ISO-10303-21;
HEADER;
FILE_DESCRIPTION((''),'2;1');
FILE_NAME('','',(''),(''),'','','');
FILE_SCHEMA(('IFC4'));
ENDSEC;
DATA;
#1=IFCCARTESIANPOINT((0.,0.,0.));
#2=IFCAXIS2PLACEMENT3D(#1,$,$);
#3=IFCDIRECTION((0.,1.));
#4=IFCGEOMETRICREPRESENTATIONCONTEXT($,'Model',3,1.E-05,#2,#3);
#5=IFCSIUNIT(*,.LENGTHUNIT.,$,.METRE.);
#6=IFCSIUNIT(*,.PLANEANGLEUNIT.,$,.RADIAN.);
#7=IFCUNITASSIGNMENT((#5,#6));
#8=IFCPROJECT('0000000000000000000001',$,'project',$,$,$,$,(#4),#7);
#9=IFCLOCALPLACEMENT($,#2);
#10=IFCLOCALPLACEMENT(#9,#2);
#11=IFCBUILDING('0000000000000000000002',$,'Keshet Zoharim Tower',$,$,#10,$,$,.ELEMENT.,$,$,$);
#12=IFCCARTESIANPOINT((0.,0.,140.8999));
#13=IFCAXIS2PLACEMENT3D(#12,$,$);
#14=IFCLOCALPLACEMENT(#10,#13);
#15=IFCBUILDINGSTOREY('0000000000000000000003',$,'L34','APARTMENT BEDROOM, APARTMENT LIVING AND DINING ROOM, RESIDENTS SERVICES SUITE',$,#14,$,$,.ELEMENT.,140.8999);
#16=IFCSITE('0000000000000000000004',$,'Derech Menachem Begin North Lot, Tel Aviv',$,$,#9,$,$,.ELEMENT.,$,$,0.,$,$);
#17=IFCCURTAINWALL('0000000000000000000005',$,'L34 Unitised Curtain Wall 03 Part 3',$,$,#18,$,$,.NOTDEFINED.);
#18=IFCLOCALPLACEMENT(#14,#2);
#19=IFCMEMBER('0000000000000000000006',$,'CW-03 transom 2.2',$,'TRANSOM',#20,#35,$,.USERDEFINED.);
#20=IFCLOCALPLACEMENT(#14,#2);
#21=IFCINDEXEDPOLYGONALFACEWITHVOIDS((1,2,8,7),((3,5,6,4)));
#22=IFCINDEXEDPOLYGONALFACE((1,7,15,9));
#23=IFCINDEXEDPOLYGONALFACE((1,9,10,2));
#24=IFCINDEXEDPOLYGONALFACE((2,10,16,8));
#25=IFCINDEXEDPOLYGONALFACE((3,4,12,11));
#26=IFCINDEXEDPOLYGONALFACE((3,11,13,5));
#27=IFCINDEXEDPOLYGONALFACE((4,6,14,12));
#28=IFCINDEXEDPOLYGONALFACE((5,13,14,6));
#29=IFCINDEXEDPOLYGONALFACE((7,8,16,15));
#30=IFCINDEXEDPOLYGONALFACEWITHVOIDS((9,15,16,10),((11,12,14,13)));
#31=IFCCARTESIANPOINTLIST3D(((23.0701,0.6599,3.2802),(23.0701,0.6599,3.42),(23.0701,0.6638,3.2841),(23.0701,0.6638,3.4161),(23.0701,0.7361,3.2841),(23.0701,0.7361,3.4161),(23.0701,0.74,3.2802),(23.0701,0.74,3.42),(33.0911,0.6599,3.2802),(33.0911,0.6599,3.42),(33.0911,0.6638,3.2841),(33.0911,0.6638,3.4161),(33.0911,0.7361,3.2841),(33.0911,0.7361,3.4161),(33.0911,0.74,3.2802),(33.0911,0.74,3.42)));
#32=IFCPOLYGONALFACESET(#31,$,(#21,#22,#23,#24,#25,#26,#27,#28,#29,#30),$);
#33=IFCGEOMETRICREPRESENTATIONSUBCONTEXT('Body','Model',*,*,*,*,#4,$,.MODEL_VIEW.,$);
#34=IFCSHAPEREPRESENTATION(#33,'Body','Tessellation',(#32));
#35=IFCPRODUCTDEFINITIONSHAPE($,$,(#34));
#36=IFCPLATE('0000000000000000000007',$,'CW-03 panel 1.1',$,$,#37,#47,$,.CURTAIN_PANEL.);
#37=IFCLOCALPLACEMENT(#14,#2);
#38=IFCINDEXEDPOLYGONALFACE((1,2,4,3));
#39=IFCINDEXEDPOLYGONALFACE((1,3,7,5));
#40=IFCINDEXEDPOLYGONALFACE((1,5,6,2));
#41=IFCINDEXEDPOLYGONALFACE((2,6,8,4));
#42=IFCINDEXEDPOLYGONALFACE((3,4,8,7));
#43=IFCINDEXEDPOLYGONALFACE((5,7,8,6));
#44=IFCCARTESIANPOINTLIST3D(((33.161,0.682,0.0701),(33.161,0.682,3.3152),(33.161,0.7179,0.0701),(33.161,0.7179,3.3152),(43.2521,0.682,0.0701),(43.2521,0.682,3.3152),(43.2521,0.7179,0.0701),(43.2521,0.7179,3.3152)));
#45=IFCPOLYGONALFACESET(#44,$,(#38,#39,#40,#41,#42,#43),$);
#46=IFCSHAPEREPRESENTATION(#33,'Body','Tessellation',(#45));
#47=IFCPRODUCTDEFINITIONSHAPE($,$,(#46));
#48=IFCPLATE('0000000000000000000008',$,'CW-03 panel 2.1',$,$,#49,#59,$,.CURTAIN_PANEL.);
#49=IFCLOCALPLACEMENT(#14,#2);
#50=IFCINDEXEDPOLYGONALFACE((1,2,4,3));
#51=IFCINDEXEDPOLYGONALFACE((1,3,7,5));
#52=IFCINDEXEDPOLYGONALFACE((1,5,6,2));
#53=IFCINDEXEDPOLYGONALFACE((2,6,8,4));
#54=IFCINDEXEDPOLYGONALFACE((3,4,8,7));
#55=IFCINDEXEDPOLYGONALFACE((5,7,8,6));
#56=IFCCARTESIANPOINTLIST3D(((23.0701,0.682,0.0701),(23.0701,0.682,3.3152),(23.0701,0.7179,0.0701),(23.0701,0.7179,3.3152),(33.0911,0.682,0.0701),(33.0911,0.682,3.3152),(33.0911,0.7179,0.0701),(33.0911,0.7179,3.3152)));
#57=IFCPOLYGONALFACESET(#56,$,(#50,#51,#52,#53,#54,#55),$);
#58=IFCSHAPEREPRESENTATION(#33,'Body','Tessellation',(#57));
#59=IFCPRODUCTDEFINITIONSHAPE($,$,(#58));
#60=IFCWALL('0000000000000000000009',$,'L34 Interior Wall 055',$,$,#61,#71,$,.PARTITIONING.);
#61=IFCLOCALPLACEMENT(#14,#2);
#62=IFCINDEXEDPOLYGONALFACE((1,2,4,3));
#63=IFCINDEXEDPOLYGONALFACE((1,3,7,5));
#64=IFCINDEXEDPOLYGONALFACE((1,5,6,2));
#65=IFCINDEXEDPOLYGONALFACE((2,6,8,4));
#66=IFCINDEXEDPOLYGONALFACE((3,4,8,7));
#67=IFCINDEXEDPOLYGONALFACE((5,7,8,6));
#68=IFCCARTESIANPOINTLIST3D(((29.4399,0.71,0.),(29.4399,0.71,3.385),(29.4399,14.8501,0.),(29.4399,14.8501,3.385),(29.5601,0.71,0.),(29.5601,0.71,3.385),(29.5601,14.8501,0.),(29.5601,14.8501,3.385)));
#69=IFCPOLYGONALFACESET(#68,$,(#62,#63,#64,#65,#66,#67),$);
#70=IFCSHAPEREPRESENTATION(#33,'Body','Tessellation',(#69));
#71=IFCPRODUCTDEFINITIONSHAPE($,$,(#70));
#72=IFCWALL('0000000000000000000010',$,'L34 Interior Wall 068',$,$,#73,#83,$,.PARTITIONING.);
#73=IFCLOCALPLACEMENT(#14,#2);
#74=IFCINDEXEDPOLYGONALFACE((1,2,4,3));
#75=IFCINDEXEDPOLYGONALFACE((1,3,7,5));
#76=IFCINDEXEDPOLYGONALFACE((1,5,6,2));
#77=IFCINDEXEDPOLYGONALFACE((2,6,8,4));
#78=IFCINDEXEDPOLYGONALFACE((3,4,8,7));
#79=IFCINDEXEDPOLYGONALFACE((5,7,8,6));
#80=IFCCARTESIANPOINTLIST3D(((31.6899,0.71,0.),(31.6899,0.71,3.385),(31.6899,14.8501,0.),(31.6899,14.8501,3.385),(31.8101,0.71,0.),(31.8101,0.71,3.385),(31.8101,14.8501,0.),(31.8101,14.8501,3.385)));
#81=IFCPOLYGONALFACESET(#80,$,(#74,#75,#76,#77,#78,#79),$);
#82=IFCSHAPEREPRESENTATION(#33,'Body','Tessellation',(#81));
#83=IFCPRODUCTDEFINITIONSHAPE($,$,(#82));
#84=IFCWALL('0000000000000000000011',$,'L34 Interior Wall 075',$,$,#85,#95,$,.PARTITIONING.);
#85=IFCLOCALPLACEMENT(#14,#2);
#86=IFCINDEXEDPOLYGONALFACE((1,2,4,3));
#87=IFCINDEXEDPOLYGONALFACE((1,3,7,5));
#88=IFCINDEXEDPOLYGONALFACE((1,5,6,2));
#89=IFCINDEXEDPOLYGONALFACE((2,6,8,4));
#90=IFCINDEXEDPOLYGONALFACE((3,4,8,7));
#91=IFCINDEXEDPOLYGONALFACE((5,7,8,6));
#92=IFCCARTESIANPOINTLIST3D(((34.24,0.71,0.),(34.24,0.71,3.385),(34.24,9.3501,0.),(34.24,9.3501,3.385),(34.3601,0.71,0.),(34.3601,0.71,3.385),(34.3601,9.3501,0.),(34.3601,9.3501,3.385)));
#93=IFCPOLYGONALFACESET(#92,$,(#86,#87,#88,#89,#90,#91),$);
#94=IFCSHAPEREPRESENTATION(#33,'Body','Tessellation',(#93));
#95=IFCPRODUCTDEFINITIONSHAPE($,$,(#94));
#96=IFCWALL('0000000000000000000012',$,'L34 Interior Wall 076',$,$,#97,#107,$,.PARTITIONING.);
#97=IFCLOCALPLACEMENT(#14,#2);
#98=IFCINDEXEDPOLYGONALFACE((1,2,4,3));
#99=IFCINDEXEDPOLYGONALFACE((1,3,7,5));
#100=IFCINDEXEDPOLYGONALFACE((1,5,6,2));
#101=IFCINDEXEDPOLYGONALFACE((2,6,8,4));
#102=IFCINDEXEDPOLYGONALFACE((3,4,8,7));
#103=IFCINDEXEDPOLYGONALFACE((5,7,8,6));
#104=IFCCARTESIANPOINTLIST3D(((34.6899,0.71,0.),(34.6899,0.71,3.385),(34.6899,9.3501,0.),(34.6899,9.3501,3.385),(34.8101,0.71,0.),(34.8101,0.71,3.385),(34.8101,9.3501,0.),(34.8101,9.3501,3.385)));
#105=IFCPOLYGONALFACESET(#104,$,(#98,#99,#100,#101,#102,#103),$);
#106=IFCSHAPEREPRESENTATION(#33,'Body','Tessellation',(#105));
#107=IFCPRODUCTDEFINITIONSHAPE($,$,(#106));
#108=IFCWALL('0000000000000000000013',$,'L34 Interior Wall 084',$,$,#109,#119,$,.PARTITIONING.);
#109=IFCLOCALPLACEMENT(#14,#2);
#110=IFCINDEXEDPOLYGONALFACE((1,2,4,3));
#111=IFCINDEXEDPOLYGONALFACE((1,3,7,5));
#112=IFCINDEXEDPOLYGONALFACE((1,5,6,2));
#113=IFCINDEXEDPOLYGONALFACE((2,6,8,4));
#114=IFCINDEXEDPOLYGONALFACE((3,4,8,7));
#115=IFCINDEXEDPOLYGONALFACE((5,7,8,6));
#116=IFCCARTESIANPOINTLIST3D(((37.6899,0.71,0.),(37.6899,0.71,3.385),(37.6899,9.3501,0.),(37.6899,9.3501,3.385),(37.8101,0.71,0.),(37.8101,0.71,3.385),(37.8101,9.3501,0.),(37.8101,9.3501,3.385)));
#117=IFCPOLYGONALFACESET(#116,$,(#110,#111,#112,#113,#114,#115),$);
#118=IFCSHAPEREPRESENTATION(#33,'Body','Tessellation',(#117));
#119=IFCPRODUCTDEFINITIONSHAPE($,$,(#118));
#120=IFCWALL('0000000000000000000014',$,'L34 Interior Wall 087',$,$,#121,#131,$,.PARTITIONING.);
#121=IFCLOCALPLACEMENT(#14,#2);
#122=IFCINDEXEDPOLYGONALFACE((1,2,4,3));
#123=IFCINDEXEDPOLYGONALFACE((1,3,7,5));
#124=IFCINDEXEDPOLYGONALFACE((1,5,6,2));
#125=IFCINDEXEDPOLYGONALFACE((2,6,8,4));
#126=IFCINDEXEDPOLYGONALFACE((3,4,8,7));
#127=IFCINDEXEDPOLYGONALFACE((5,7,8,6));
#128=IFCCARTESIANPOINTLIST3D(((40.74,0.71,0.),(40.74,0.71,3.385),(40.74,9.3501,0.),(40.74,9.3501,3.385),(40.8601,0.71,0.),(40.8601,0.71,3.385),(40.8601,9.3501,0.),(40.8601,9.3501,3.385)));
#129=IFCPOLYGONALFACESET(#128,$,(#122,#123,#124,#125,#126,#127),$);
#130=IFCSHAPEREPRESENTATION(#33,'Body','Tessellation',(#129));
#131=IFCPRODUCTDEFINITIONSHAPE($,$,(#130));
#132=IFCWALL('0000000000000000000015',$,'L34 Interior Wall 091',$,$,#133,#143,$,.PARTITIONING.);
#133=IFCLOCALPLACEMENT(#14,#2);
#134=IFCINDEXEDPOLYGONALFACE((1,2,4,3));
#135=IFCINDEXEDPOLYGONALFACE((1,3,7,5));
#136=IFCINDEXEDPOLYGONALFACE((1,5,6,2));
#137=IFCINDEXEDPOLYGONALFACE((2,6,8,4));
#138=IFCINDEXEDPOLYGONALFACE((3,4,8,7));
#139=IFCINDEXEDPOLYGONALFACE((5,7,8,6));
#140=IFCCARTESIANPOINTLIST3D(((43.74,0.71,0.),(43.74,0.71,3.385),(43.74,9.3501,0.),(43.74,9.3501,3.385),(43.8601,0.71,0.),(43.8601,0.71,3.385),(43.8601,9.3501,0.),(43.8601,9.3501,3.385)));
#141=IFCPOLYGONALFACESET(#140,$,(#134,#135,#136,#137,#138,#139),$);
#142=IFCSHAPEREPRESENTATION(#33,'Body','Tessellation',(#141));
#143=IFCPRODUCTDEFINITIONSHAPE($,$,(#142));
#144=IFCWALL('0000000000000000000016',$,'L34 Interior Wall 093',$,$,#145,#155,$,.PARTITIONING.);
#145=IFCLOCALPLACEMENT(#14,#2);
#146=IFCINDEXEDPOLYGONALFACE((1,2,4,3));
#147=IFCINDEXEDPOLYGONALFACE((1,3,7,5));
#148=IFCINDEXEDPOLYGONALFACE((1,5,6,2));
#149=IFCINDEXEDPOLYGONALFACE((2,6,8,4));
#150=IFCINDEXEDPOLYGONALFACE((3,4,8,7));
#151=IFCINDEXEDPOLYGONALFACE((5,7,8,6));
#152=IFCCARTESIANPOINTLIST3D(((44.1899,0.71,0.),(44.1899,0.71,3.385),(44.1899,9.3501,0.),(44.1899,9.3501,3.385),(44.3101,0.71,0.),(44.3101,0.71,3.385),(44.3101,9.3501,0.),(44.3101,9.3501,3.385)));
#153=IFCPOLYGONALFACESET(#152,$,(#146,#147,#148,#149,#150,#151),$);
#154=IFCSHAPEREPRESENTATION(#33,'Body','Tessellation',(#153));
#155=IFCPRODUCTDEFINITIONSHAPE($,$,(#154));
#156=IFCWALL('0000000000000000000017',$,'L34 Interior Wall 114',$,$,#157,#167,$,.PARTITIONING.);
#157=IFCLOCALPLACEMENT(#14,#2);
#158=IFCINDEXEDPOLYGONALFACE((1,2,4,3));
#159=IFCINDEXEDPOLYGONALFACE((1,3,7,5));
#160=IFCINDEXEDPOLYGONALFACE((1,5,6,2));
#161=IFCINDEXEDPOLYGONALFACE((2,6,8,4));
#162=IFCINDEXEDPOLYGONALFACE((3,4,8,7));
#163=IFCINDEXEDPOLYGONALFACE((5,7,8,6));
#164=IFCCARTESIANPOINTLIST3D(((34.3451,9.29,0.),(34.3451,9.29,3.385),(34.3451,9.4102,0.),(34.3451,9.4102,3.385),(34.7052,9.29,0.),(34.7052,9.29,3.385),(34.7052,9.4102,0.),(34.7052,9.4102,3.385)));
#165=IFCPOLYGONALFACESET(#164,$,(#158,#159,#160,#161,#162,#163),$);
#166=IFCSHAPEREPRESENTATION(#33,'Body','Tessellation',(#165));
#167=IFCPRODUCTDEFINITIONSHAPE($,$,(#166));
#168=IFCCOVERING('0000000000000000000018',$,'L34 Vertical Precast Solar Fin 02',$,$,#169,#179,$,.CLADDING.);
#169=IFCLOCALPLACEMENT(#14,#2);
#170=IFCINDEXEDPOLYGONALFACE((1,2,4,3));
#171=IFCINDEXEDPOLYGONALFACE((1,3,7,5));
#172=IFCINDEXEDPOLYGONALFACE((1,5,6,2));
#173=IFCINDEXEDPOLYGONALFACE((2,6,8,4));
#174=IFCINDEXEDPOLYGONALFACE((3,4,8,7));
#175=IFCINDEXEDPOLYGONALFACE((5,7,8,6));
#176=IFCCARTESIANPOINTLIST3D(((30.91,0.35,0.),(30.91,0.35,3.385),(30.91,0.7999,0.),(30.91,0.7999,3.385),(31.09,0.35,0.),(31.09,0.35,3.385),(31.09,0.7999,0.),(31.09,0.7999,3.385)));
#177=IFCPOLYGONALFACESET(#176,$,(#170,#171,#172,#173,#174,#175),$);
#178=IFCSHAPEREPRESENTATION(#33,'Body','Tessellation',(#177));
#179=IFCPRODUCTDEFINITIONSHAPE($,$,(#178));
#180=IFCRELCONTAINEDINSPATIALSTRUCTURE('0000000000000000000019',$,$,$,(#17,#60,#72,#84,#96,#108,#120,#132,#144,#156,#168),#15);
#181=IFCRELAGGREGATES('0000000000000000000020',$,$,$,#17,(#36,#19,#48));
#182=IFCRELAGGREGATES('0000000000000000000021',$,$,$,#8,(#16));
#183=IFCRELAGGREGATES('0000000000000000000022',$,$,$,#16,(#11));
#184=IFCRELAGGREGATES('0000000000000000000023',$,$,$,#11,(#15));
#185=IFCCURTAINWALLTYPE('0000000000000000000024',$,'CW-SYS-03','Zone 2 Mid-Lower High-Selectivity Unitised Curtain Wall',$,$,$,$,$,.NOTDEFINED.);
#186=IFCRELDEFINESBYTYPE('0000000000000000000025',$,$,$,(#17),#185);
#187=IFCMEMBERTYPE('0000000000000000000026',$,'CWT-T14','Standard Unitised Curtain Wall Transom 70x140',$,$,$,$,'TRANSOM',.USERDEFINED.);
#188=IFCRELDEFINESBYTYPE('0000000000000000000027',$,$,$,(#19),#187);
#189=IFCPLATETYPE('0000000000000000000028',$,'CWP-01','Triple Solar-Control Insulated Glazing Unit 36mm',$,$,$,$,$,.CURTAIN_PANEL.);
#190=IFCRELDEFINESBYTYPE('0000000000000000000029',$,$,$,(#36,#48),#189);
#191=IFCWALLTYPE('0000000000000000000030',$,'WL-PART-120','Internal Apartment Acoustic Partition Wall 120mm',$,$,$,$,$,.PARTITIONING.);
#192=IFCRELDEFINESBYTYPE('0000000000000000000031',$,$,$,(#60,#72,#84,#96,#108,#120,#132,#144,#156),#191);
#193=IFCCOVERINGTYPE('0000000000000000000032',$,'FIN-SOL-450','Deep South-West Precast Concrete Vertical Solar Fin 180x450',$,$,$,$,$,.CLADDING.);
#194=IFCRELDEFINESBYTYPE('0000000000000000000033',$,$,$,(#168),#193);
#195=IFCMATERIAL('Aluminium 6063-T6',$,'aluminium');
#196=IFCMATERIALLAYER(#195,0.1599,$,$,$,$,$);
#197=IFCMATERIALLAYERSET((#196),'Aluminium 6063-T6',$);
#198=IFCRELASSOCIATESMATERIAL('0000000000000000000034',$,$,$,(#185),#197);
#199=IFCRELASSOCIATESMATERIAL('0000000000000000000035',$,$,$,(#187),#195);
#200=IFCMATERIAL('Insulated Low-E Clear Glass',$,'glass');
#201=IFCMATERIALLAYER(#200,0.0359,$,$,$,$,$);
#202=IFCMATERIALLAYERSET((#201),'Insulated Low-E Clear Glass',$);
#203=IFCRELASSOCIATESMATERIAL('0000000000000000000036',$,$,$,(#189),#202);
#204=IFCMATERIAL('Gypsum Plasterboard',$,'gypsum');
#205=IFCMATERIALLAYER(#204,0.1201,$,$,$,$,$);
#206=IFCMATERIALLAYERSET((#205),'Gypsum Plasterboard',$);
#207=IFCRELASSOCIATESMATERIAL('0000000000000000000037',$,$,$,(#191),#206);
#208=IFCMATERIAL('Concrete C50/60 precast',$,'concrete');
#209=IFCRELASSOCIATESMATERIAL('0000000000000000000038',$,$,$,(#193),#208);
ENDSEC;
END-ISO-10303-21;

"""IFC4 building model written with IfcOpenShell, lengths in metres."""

from ifc_helpers import new_model, si_unit, direction, frame, frame_2d, origin, origin_2d, place, context, subcontext, project, spatial, rectangle, hollow_rectangle, extrude, material, layer, layer_set, material_profile, profile_set, type_object, element, aggregate, save


model = new_model("IFC4")

# Units and contexts
model_context = context("Model", 3, precision=1e-05, world=origin(), true_north=direction((0.0, 1.0)))
body_context = subcontext(model_context, "Body", "Model", "MODEL_VIEW")
ifc_project = project(units=[si_unit("LENGTHUNIT", "METRE"), si_unit("PLANEANGLEUNIT", "RADIAN")], contexts=[model_context])

# Site, building, storey
site_placement = place(None, origin())
site = spatial("IfcSite", under=ifc_project, at=site_placement, Name="Derech Menachem Begin North Lot, Tel Aviv", CompositionType="ELEMENT", RefElevation=0.0)
building_placement = place(site_placement, origin())
building = spatial("IfcBuilding", under=site, at=building_placement, Name="Keshet Zoharim Tower", CompositionType="ELEMENT")
storey_placement = place(building_placement, frame((0.0, 0.0, 140.8999)))
storey = spatial("IfcBuildingStorey", under=building, at=storey_placement, Name="L34", Description="APARTMENT BEDROOM, APARTMENT LIVING AND DINING ROOM, RESIDENTS SERVICES SUITE", CompositionType="ELEMENT", Elevation=140.8999)

# Shared definitions
ifc_material_1 = material(Name="Aluminium 6063-T6", Category="aluminium")
ifc_layer_1 = layer(ifc_material_1, 0.1599)
ifc_layer_set_1 = layer_set([ifc_layer_1], Name="Aluminium 6063-T6")
curtain_wall_type = type_object("IfcCurtainWallType", Name="CW-SYS-03", Description="Zone 2 Mid-Lower High-Selectivity Unitised Curtain Wall", PredefinedType="NOTDEFINED", material=ifc_layer_set_1)

# Curtain wall, member, plates
curtain_wall_1_placement = place(storey_placement, origin())
curtain_wall_1 = element("IfcCurtainWall", 1, at=curtain_wall_1_placement, inside=storey, type_object=curtain_wall_type, Name="L34 Unitised Curtain Wall 03 Part 3", PredefinedType="NOTDEFINED")
ifc_material_profile_1 = material_profile(ifc_material_1, hollow_rectangle(XDim=0.0801, YDim=0.1399, WallThickness=0.0039, at=origin_2d()), Name="TRN-80x140")
ifc_profile_set_1 = profile_set([ifc_material_profile_1], Name="Aluminium 6063-T6")
member_type_1 = type_object("IfcMemberType", Name="CWT-T14", Description="Standard Unitised Curtain Wall Transom 70x140", ElementType="TRANSOM", PredefinedType="USERDEFINED", material=ifc_profile_set_1)
member_1_placement = place(storey_placement, frame((33.0911, 0.7, 3.3501), z_axis=(-1.0, 0.0, 0.0), x_axis=(0.0, -1.0, 0.0)))
member_1 = element("IfcMember", 2, at=member_1_placement, type_object=member_type_1, Name="CW-03 transom 2.2", ObjectType="TRANSOM", PredefinedType="USERDEFINED", context=body_context, shape_type="SweptSolid", body=[
    extrude(hollow_rectangle(XDim=0.0801, YDim=0.1399, WallThickness=0.0039, at=origin_2d()), origin(), (0.0, 0.0, 1.0), 10.021),
])
ifc_material_2 = material(Name="Insulated Low-E Clear Glass", Category="glass")
ifc_layer_2 = layer(ifc_material_2, 0.0359)
ifc_layer_set_2 = layer_set([ifc_layer_2], Name="Insulated Low-E Clear Glass")
plate_type = type_object("IfcPlateType", Name="CWP-01", Description="Triple Solar-Control Insulated Glazing Unit 36mm", PredefinedType="CURTAIN_PANEL", material=ifc_layer_set_2)
plate_1_placement = place(storey_placement, frame((38.2065, 0.7, 0.0701), z_axis=(0.0, 0.0, 1.0), x_axis=(-1.0, 0.0, 0.0)))
plate_1 = element("IfcPlate", 3, at=plate_1_placement, type_object=plate_type, Name="CW-03 panel 1.1", PredefinedType="CURTAIN_PANEL", context=body_context, shape_type="SweptSolid", body=[
    extrude(rectangle(XDim=10.0911, YDim=0.0359, at=origin_2d()), origin(), (0.0, 0.0, 1.0), 3.2451),
])
plate_2_placement = place(storey_placement, frame((28.0806, 0.7, 0.0701), z_axis=(0.0, 0.0, 1.0), x_axis=(-1.0, 0.0, 0.0)))
plate_2 = element("IfcPlate", 4, at=plate_2_placement, type_object=plate_type, Name="CW-03 panel 2.1", PredefinedType="CURTAIN_PANEL", context=body_context, shape_type="SweptSolid", body=[
    extrude(rectangle(XDim=10.021, YDim=0.0359, at=origin_2d()), origin(), (0.0, 0.0, 1.0), 3.2451),
])
aggregate(curtain_wall_1, [plate_1, member_1, plate_2])

# Walls
ifc_material_3 = material(Name="Gypsum Plasterboard", Category="gypsum")
ifc_layer_3 = layer(ifc_material_3, 0.1201)
ifc_layer_set_3 = layer_set([ifc_layer_3], Name="Gypsum Plasterboard")
wall_type = type_object("IfcWallType", Name="WL-PART-120", Description="Internal Apartment Acoustic Partition Wall 120mm", PredefinedType="PARTITIONING", material=ifc_layer_set_3)
for number, where, z_axis, x_axis, name in (
    (5, (29.5, 0.71, 0.0), (0.0, 0.0, 1.0), (0.0, 1.0, 0.0), "L34 Interior Wall 055"),
    (6, (31.75, 0.71, 0.0), (0.0, 0.0, 1.0), (0.0, 1.0, 0.0), "L34 Interior Wall 068"),
):
    element("IfcWall", number, at=place(storey_placement, frame(where, z_axis=z_axis, x_axis=x_axis)), inside=storey, type_object=wall_type, Name=name, PredefinedType="PARTITIONING", context=body_context, shape_type="SweptSolid", body=[
        extrude(rectangle(XDim=14.1401, YDim=0.1201, at=frame_2d((7.0701, 0.0))), origin(), (0.0, 0.0, 1.0), 3.385),
    ])
for number, where, z_axis, x_axis, name in (
    (7, (34.3, 0.71, 0.0), (0.0, 0.0, 1.0), (0.0, 1.0, 0.0), "L34 Interior Wall 075"),
    (8, (34.75, 0.71, 0.0), (0.0, 0.0, 1.0), (0.0, 1.0, 0.0), "L34 Interior Wall 076"),
    (9, (37.75, 0.71, 0.0), (0.0, 0.0, 1.0), (0.0, 1.0, 0.0), "L34 Interior Wall 084"),
    (10, (40.8, 0.71, 0.0), (0.0, 0.0, 1.0), (0.0, 1.0, 0.0), "L34 Interior Wall 087"),
    (11, (43.8, 0.71, 0.0), (0.0, 0.0, 1.0), (0.0, 1.0, 0.0), "L34 Interior Wall 091"),
    (12, (44.25, 0.71, 0.0), (0.0, 0.0, 1.0), (0.0, 1.0, 0.0), "L34 Interior Wall 093"),
):
    element("IfcWall", number, at=place(storey_placement, frame(where, z_axis=z_axis, x_axis=x_axis)), inside=storey, type_object=wall_type, Name=name, PredefinedType="PARTITIONING", context=body_context, shape_type="SweptSolid", body=[
        extrude(rectangle(XDim=8.6401, YDim=0.1201, at=frame_2d((4.3201, 0.0))), origin(), (0.0, 0.0, 1.0), 3.385),
    ])
wall_1_placement = place(storey_placement, frame((34.345, 9.3501, 0.0), z_axis=(0.0, 0.0, 1.0), x_axis=(1.0, 0.0, 0.0)))
element("IfcWall", 13, at=wall_1_placement, inside=storey, type_object=wall_type, Name="L34 Interior Wall 114", PredefinedType="PARTITIONING", context=body_context, shape_type="SweptSolid", body=[
    extrude(rectangle(XDim=0.3601, YDim=0.1201, at=frame_2d((0.1802, 0.0))), origin(), (0.0, 0.0, 1.0), 3.385),
])

# Covering
ifc_material_4 = material(Name="Concrete C50/60 precast", Category="concrete")
covering_type = type_object("IfcCoveringType", Name="FIN-SOL-450", Description="Deep South-West Precast Concrete Vertical Solar Fin 180x450", PredefinedType="CLADDING", material=ifc_material_4)
covering_placement = place(storey_placement, frame((31.0, 0.575, 0.0), z_axis=(0.0, 0.0, 1.0), x_axis=(-1.0, 0.0, 0.0)))
element("IfcCovering", 14, at=covering_placement, inside=storey, type_object=covering_type, Name="L34 Vertical Precast Solar Fin 02", PredefinedType="CLADDING", context=body_context, shape_type="SweptSolid", body=[
    extrude(rectangle(XDim=0.1799, YDim=0.45, at=origin_2d()), origin(), (0.0, 0.0, 1.0), 3.385),
])

save(model, "model.ifc")
